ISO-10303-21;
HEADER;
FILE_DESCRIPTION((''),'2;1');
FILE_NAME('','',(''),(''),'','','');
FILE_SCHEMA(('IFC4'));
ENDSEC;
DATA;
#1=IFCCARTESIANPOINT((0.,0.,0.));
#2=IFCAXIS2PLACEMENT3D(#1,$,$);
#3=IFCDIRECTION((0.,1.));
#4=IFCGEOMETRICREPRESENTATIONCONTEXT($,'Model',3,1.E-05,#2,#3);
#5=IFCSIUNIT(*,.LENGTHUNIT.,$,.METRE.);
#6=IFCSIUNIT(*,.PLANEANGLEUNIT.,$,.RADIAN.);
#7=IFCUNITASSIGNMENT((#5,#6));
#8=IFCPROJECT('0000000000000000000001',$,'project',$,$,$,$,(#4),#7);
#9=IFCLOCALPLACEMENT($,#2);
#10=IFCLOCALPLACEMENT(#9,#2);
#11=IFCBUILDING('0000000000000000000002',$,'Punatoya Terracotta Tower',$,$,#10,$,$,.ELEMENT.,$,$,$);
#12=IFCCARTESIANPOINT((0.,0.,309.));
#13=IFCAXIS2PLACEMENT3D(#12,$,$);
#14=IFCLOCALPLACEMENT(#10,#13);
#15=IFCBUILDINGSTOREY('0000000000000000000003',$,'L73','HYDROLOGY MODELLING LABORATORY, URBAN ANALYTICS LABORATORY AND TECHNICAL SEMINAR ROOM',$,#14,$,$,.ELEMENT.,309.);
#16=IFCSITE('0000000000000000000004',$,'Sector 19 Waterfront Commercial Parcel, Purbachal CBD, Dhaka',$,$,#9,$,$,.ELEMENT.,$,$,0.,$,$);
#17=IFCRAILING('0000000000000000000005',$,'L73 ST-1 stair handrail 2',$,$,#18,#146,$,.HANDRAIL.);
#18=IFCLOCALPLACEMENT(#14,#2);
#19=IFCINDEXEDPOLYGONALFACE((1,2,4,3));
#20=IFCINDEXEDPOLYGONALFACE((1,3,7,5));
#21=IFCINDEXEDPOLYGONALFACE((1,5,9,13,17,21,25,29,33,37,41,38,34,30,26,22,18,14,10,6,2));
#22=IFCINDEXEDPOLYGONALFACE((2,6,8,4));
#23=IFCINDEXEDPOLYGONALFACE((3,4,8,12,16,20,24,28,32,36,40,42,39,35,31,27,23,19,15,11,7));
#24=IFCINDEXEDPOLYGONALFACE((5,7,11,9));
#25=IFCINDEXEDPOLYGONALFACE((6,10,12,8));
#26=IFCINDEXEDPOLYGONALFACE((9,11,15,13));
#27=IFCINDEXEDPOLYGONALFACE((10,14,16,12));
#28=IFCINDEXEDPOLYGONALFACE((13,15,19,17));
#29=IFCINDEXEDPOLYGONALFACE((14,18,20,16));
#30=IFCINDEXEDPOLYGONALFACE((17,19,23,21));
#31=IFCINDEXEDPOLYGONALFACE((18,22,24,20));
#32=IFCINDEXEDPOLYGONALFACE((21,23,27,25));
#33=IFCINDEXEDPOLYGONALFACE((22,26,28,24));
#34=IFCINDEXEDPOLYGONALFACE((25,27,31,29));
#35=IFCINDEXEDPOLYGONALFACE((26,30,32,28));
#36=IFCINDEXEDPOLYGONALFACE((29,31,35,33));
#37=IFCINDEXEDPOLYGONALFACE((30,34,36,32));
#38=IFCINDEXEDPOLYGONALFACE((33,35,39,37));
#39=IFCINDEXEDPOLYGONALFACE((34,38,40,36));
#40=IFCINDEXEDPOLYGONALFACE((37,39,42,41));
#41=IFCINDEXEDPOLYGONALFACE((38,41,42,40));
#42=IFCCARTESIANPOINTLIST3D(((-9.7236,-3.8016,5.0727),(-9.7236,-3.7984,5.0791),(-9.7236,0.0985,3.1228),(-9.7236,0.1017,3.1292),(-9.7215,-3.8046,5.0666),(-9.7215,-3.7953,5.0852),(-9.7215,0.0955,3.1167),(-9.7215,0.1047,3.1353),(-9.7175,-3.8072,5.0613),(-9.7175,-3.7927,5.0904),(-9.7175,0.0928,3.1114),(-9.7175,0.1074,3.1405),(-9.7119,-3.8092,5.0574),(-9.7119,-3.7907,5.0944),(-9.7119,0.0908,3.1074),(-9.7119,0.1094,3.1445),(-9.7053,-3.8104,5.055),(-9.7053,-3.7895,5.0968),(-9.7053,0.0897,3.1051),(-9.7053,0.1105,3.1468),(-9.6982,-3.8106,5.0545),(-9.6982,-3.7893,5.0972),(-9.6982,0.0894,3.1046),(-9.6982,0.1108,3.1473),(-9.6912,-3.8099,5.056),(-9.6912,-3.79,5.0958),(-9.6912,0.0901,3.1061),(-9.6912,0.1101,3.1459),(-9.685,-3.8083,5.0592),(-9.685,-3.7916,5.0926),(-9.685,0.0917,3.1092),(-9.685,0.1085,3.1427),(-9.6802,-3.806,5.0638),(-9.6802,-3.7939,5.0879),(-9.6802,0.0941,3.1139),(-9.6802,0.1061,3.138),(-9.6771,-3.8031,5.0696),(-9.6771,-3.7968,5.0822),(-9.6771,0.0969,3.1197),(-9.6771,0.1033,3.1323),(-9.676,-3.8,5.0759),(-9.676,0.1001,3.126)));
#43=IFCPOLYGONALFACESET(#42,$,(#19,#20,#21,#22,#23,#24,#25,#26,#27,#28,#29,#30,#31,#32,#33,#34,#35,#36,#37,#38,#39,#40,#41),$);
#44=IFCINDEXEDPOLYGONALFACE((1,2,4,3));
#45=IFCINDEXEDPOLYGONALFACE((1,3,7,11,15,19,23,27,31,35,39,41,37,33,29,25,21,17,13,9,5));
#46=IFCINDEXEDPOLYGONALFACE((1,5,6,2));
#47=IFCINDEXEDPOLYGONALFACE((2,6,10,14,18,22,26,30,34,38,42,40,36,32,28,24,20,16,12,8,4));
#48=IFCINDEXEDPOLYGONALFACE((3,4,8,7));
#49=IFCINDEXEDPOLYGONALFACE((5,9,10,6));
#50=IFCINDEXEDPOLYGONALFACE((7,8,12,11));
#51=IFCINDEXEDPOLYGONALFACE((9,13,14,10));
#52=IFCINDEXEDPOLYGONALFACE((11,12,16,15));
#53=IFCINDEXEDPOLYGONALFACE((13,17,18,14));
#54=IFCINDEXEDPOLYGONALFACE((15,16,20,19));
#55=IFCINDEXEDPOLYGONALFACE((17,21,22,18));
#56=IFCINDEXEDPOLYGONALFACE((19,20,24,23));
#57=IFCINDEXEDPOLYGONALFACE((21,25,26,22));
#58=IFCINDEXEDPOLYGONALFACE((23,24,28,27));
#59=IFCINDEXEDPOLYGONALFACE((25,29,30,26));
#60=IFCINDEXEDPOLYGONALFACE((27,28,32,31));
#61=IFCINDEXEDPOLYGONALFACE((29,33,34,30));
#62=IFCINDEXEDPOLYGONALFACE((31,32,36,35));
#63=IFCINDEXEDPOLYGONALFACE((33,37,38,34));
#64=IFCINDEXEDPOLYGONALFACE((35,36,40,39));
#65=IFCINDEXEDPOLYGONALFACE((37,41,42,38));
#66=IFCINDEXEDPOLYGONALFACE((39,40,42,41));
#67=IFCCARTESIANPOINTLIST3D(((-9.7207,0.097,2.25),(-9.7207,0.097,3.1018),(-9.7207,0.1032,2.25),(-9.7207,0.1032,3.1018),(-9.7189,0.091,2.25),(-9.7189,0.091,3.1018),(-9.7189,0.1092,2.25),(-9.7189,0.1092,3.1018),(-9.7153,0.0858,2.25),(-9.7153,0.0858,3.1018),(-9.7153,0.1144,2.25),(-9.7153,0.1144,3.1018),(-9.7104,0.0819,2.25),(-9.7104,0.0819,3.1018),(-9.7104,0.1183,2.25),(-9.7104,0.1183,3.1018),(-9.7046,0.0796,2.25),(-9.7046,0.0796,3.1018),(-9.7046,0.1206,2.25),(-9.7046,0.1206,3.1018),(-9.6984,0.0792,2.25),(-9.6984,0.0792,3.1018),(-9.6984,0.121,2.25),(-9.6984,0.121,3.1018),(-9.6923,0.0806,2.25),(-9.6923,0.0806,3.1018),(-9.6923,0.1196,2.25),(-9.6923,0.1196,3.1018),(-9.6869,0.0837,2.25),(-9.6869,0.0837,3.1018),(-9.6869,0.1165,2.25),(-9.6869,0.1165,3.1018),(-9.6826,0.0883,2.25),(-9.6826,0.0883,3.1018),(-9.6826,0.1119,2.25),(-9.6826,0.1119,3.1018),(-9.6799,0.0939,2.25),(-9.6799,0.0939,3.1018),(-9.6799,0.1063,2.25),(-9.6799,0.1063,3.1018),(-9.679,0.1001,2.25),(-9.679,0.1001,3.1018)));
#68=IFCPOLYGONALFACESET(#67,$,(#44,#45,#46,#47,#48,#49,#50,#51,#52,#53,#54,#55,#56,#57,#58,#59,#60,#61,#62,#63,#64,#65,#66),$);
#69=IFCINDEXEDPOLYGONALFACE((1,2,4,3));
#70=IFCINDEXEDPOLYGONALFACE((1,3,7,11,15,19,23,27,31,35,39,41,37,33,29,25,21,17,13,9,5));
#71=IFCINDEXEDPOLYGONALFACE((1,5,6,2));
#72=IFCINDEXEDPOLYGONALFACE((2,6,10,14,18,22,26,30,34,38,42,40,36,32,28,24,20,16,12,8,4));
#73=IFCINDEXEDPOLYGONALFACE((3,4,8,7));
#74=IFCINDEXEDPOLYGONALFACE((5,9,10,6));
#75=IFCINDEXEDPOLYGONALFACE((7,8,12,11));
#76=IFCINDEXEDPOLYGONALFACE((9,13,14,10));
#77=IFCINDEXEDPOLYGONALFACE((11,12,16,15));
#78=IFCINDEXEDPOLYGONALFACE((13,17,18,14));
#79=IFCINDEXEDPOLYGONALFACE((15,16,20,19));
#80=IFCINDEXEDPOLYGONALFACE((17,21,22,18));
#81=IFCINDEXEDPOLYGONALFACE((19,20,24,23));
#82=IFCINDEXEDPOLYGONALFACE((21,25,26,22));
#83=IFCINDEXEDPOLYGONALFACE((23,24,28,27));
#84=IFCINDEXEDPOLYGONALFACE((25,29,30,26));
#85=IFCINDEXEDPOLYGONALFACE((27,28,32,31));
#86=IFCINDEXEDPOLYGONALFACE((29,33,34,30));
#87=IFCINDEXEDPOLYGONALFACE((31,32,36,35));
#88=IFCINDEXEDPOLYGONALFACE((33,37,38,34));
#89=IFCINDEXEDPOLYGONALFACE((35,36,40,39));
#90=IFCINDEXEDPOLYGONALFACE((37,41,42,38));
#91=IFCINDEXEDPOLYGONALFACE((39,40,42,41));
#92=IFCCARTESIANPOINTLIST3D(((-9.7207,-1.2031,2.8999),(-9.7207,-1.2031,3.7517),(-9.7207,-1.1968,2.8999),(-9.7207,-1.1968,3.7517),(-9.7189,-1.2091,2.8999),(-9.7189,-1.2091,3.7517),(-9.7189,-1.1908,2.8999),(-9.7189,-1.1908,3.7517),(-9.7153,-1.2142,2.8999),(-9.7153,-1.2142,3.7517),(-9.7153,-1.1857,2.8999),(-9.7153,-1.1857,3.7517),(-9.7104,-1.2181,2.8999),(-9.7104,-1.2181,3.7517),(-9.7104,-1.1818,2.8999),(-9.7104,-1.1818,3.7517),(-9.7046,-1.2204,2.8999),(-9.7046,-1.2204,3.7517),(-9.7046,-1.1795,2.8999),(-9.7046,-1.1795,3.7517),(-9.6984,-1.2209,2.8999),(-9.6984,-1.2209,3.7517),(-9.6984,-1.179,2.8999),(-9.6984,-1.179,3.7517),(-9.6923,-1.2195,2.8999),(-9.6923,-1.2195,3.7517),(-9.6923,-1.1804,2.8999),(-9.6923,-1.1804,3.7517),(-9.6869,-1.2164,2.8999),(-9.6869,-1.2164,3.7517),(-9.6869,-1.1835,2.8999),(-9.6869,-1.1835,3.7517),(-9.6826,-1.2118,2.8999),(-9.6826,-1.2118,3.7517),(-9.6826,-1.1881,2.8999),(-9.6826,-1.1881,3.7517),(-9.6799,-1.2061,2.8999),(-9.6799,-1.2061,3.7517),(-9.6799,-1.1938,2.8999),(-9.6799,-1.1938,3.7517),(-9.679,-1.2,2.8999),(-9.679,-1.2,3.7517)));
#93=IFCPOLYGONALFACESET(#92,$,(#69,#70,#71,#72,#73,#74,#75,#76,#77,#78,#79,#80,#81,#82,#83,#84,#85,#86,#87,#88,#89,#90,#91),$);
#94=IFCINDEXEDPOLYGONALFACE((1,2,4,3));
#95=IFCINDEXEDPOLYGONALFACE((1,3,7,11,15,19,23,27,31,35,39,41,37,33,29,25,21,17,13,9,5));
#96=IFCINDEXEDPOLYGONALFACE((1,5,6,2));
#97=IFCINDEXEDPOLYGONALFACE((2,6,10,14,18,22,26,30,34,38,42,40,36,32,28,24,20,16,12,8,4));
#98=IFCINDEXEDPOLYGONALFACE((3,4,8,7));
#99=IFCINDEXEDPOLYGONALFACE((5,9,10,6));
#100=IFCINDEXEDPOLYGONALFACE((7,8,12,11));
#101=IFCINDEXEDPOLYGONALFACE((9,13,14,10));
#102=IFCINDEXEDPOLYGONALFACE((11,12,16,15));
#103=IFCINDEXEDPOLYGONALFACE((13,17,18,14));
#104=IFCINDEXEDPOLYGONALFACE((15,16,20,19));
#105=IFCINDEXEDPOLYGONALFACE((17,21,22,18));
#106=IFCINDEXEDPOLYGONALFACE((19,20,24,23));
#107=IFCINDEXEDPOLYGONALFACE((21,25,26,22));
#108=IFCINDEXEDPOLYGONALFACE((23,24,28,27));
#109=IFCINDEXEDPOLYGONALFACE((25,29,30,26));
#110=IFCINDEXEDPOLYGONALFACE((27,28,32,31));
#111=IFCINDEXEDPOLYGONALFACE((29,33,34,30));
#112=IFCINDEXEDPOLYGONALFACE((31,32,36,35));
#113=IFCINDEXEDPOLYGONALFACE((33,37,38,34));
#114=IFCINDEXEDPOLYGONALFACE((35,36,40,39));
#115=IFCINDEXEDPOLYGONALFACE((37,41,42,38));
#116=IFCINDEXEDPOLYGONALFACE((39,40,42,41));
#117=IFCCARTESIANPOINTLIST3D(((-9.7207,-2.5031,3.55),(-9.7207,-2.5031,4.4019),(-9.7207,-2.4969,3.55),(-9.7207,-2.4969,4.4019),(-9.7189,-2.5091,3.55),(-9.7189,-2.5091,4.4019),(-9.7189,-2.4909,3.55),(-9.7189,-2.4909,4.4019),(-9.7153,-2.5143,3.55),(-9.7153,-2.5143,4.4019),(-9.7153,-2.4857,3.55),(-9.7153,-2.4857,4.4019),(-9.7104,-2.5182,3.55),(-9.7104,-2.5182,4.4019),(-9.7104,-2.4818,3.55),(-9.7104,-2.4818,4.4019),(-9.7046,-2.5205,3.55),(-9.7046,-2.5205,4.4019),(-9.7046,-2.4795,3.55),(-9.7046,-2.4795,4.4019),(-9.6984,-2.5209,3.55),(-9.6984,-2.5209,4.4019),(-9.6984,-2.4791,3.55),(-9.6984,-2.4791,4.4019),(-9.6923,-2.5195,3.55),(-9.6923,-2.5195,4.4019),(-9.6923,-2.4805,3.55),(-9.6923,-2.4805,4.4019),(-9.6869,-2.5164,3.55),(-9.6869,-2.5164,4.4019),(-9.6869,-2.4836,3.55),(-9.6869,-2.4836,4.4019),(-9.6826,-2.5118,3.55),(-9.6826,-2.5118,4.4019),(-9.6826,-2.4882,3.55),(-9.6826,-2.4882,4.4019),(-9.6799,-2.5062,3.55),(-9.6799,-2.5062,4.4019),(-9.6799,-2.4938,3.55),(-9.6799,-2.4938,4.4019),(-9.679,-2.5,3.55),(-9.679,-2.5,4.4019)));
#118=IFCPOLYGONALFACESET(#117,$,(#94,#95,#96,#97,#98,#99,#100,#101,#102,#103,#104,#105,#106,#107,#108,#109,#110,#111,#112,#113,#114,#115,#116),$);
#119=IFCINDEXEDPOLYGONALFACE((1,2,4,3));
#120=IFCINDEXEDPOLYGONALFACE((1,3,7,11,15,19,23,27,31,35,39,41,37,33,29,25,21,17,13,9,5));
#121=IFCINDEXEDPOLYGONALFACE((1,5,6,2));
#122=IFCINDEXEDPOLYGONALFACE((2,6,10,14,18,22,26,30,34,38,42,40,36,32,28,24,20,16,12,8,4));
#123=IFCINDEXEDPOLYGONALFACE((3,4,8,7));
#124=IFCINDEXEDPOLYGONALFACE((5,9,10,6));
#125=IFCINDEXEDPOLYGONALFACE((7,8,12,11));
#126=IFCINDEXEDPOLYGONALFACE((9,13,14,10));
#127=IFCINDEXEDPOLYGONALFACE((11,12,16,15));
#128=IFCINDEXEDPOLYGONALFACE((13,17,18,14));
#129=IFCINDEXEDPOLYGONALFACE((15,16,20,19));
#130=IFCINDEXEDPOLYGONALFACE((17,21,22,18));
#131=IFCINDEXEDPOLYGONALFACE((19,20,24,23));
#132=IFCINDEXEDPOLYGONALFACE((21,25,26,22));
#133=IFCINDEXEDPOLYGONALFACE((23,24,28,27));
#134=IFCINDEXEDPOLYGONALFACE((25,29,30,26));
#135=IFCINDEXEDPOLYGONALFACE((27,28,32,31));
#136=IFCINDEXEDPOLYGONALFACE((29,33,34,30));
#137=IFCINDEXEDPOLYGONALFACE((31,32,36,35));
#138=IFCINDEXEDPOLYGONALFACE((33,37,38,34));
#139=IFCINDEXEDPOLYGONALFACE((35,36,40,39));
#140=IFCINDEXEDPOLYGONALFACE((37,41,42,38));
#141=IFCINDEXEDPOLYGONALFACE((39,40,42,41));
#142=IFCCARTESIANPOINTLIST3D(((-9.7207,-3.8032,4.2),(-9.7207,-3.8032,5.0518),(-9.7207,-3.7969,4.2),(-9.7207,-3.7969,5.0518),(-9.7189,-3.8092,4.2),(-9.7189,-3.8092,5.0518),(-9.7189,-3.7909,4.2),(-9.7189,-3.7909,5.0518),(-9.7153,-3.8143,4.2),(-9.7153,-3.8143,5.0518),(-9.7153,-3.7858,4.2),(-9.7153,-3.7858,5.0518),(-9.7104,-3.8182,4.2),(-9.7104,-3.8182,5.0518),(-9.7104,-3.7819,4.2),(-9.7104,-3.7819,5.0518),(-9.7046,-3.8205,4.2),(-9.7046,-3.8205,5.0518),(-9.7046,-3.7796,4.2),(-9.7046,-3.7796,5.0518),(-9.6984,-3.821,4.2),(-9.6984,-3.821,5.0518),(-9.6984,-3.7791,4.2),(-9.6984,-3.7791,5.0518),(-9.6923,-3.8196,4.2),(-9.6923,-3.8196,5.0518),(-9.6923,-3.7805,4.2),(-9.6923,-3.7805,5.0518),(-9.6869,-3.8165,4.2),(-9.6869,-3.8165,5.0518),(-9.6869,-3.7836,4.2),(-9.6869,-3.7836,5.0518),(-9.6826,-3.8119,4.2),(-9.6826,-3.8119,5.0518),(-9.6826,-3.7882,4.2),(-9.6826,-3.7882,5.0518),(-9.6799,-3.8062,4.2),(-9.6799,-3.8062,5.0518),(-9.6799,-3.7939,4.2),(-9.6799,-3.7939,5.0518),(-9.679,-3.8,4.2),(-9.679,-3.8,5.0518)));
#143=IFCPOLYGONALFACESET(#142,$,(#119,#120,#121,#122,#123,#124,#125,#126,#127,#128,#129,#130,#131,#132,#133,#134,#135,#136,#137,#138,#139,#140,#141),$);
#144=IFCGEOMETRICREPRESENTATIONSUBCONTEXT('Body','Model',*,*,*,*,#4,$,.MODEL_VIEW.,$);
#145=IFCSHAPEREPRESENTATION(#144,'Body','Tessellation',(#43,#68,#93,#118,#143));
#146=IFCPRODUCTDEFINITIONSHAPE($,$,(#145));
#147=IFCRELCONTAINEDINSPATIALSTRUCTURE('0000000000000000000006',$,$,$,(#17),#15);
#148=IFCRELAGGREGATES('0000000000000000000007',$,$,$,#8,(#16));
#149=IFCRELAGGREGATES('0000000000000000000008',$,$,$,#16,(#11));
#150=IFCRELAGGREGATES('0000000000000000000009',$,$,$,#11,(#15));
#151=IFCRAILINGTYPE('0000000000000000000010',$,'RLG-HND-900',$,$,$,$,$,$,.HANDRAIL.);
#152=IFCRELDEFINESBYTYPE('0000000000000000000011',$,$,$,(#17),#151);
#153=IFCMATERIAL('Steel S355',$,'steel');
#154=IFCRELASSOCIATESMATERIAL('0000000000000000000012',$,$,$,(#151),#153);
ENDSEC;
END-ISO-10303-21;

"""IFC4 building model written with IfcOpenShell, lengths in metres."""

from ifc_helpers import new_model, si_unit, direction, frame, origin, origin_2d, place, context, subcontext, project, spatial, circle, extrude, material, type_object, element, save


model = new_model("IFC4")

# Units and contexts
model_context = context("Model", 3, precision=1e-05, world=origin(), true_north=direction((0.0, 1.0)))
body_context = subcontext(model_context, "Body", "Model", "MODEL_VIEW")
ifc_project = project(units=[si_unit("LENGTHUNIT", "METRE"), si_unit("PLANEANGLEUNIT", "RADIAN")], contexts=[model_context])

# Site, building, storey
site_placement = place(None, origin())
site = spatial("IfcSite", under=ifc_project, at=site_placement, Name="Sector 19 Waterfront Commercial Parcel, Purbachal CBD, Dhaka", CompositionType="ELEMENT", RefElevation=0.0)
building_placement = place(site_placement, origin())
building = spatial("IfcBuilding", under=site, at=building_placement, Name="Punatoya Terracotta Tower", CompositionType="ELEMENT")
storey_placement = place(building_placement, frame((0.0, 0.0, 309.0)))
storey = spatial("IfcBuildingStorey", under=building, at=storey_placement, Name="L73", Description="HYDROLOGY MODELLING LABORATORY, URBAN ANALYTICS LABORATORY AND TECHNICAL SEMINAR ROOM", CompositionType="ELEMENT", Elevation=309.0)

# Shared definitions
ifc_material_1 = material(Name="Steel S355", Category="steel")

# Railing
railing_type_1 = type_object("IfcRailingType", Name="RLG-HND-900", PredefinedType="HANDRAIL", material=ifc_material_1)
railing_1_placement = place(storey_placement, frame((-9.7, 0.1001, 2.25)))
element("IfcRailing", 1, at=railing_1_placement, inside=storey, type_object=railing_type_1, Name="L73 ST-1 stair handrail 2", PredefinedType="HANDRAIL", context=body_context, shape_type="SweptSolid", body=[
    extrude(circle(Radius=0.0239, at=origin_2d()), frame((0.0, 0.0, 0.876), z_axis=(0.0, -0.894438, 0.447191), x_axis=(1.0, 0.0, 0.0)), (0.0, 0.0, 1.0), 4.3604),
    extrude(circle(Radius=0.021, at=origin_2d()), origin(), (0.0, 0.0, 1.0), 0.8518),
    extrude(circle(Radius=0.021, at=origin_2d()), frame((0.0, -1.3, 0.6499)), (0.0, 0.0, 1.0), 0.8518),
    extrude(circle(Radius=0.021, at=origin_2d()), frame((0.0, -2.6001, 1.3)), (0.0, 0.0, 1.0), 0.8518),
    extrude(circle(Radius=0.021, at=origin_2d()), frame((0.0, -3.9001, 1.95)), (0.0, 0.0, 1.0), 0.8518),
])

save(model, "model.ifc")
